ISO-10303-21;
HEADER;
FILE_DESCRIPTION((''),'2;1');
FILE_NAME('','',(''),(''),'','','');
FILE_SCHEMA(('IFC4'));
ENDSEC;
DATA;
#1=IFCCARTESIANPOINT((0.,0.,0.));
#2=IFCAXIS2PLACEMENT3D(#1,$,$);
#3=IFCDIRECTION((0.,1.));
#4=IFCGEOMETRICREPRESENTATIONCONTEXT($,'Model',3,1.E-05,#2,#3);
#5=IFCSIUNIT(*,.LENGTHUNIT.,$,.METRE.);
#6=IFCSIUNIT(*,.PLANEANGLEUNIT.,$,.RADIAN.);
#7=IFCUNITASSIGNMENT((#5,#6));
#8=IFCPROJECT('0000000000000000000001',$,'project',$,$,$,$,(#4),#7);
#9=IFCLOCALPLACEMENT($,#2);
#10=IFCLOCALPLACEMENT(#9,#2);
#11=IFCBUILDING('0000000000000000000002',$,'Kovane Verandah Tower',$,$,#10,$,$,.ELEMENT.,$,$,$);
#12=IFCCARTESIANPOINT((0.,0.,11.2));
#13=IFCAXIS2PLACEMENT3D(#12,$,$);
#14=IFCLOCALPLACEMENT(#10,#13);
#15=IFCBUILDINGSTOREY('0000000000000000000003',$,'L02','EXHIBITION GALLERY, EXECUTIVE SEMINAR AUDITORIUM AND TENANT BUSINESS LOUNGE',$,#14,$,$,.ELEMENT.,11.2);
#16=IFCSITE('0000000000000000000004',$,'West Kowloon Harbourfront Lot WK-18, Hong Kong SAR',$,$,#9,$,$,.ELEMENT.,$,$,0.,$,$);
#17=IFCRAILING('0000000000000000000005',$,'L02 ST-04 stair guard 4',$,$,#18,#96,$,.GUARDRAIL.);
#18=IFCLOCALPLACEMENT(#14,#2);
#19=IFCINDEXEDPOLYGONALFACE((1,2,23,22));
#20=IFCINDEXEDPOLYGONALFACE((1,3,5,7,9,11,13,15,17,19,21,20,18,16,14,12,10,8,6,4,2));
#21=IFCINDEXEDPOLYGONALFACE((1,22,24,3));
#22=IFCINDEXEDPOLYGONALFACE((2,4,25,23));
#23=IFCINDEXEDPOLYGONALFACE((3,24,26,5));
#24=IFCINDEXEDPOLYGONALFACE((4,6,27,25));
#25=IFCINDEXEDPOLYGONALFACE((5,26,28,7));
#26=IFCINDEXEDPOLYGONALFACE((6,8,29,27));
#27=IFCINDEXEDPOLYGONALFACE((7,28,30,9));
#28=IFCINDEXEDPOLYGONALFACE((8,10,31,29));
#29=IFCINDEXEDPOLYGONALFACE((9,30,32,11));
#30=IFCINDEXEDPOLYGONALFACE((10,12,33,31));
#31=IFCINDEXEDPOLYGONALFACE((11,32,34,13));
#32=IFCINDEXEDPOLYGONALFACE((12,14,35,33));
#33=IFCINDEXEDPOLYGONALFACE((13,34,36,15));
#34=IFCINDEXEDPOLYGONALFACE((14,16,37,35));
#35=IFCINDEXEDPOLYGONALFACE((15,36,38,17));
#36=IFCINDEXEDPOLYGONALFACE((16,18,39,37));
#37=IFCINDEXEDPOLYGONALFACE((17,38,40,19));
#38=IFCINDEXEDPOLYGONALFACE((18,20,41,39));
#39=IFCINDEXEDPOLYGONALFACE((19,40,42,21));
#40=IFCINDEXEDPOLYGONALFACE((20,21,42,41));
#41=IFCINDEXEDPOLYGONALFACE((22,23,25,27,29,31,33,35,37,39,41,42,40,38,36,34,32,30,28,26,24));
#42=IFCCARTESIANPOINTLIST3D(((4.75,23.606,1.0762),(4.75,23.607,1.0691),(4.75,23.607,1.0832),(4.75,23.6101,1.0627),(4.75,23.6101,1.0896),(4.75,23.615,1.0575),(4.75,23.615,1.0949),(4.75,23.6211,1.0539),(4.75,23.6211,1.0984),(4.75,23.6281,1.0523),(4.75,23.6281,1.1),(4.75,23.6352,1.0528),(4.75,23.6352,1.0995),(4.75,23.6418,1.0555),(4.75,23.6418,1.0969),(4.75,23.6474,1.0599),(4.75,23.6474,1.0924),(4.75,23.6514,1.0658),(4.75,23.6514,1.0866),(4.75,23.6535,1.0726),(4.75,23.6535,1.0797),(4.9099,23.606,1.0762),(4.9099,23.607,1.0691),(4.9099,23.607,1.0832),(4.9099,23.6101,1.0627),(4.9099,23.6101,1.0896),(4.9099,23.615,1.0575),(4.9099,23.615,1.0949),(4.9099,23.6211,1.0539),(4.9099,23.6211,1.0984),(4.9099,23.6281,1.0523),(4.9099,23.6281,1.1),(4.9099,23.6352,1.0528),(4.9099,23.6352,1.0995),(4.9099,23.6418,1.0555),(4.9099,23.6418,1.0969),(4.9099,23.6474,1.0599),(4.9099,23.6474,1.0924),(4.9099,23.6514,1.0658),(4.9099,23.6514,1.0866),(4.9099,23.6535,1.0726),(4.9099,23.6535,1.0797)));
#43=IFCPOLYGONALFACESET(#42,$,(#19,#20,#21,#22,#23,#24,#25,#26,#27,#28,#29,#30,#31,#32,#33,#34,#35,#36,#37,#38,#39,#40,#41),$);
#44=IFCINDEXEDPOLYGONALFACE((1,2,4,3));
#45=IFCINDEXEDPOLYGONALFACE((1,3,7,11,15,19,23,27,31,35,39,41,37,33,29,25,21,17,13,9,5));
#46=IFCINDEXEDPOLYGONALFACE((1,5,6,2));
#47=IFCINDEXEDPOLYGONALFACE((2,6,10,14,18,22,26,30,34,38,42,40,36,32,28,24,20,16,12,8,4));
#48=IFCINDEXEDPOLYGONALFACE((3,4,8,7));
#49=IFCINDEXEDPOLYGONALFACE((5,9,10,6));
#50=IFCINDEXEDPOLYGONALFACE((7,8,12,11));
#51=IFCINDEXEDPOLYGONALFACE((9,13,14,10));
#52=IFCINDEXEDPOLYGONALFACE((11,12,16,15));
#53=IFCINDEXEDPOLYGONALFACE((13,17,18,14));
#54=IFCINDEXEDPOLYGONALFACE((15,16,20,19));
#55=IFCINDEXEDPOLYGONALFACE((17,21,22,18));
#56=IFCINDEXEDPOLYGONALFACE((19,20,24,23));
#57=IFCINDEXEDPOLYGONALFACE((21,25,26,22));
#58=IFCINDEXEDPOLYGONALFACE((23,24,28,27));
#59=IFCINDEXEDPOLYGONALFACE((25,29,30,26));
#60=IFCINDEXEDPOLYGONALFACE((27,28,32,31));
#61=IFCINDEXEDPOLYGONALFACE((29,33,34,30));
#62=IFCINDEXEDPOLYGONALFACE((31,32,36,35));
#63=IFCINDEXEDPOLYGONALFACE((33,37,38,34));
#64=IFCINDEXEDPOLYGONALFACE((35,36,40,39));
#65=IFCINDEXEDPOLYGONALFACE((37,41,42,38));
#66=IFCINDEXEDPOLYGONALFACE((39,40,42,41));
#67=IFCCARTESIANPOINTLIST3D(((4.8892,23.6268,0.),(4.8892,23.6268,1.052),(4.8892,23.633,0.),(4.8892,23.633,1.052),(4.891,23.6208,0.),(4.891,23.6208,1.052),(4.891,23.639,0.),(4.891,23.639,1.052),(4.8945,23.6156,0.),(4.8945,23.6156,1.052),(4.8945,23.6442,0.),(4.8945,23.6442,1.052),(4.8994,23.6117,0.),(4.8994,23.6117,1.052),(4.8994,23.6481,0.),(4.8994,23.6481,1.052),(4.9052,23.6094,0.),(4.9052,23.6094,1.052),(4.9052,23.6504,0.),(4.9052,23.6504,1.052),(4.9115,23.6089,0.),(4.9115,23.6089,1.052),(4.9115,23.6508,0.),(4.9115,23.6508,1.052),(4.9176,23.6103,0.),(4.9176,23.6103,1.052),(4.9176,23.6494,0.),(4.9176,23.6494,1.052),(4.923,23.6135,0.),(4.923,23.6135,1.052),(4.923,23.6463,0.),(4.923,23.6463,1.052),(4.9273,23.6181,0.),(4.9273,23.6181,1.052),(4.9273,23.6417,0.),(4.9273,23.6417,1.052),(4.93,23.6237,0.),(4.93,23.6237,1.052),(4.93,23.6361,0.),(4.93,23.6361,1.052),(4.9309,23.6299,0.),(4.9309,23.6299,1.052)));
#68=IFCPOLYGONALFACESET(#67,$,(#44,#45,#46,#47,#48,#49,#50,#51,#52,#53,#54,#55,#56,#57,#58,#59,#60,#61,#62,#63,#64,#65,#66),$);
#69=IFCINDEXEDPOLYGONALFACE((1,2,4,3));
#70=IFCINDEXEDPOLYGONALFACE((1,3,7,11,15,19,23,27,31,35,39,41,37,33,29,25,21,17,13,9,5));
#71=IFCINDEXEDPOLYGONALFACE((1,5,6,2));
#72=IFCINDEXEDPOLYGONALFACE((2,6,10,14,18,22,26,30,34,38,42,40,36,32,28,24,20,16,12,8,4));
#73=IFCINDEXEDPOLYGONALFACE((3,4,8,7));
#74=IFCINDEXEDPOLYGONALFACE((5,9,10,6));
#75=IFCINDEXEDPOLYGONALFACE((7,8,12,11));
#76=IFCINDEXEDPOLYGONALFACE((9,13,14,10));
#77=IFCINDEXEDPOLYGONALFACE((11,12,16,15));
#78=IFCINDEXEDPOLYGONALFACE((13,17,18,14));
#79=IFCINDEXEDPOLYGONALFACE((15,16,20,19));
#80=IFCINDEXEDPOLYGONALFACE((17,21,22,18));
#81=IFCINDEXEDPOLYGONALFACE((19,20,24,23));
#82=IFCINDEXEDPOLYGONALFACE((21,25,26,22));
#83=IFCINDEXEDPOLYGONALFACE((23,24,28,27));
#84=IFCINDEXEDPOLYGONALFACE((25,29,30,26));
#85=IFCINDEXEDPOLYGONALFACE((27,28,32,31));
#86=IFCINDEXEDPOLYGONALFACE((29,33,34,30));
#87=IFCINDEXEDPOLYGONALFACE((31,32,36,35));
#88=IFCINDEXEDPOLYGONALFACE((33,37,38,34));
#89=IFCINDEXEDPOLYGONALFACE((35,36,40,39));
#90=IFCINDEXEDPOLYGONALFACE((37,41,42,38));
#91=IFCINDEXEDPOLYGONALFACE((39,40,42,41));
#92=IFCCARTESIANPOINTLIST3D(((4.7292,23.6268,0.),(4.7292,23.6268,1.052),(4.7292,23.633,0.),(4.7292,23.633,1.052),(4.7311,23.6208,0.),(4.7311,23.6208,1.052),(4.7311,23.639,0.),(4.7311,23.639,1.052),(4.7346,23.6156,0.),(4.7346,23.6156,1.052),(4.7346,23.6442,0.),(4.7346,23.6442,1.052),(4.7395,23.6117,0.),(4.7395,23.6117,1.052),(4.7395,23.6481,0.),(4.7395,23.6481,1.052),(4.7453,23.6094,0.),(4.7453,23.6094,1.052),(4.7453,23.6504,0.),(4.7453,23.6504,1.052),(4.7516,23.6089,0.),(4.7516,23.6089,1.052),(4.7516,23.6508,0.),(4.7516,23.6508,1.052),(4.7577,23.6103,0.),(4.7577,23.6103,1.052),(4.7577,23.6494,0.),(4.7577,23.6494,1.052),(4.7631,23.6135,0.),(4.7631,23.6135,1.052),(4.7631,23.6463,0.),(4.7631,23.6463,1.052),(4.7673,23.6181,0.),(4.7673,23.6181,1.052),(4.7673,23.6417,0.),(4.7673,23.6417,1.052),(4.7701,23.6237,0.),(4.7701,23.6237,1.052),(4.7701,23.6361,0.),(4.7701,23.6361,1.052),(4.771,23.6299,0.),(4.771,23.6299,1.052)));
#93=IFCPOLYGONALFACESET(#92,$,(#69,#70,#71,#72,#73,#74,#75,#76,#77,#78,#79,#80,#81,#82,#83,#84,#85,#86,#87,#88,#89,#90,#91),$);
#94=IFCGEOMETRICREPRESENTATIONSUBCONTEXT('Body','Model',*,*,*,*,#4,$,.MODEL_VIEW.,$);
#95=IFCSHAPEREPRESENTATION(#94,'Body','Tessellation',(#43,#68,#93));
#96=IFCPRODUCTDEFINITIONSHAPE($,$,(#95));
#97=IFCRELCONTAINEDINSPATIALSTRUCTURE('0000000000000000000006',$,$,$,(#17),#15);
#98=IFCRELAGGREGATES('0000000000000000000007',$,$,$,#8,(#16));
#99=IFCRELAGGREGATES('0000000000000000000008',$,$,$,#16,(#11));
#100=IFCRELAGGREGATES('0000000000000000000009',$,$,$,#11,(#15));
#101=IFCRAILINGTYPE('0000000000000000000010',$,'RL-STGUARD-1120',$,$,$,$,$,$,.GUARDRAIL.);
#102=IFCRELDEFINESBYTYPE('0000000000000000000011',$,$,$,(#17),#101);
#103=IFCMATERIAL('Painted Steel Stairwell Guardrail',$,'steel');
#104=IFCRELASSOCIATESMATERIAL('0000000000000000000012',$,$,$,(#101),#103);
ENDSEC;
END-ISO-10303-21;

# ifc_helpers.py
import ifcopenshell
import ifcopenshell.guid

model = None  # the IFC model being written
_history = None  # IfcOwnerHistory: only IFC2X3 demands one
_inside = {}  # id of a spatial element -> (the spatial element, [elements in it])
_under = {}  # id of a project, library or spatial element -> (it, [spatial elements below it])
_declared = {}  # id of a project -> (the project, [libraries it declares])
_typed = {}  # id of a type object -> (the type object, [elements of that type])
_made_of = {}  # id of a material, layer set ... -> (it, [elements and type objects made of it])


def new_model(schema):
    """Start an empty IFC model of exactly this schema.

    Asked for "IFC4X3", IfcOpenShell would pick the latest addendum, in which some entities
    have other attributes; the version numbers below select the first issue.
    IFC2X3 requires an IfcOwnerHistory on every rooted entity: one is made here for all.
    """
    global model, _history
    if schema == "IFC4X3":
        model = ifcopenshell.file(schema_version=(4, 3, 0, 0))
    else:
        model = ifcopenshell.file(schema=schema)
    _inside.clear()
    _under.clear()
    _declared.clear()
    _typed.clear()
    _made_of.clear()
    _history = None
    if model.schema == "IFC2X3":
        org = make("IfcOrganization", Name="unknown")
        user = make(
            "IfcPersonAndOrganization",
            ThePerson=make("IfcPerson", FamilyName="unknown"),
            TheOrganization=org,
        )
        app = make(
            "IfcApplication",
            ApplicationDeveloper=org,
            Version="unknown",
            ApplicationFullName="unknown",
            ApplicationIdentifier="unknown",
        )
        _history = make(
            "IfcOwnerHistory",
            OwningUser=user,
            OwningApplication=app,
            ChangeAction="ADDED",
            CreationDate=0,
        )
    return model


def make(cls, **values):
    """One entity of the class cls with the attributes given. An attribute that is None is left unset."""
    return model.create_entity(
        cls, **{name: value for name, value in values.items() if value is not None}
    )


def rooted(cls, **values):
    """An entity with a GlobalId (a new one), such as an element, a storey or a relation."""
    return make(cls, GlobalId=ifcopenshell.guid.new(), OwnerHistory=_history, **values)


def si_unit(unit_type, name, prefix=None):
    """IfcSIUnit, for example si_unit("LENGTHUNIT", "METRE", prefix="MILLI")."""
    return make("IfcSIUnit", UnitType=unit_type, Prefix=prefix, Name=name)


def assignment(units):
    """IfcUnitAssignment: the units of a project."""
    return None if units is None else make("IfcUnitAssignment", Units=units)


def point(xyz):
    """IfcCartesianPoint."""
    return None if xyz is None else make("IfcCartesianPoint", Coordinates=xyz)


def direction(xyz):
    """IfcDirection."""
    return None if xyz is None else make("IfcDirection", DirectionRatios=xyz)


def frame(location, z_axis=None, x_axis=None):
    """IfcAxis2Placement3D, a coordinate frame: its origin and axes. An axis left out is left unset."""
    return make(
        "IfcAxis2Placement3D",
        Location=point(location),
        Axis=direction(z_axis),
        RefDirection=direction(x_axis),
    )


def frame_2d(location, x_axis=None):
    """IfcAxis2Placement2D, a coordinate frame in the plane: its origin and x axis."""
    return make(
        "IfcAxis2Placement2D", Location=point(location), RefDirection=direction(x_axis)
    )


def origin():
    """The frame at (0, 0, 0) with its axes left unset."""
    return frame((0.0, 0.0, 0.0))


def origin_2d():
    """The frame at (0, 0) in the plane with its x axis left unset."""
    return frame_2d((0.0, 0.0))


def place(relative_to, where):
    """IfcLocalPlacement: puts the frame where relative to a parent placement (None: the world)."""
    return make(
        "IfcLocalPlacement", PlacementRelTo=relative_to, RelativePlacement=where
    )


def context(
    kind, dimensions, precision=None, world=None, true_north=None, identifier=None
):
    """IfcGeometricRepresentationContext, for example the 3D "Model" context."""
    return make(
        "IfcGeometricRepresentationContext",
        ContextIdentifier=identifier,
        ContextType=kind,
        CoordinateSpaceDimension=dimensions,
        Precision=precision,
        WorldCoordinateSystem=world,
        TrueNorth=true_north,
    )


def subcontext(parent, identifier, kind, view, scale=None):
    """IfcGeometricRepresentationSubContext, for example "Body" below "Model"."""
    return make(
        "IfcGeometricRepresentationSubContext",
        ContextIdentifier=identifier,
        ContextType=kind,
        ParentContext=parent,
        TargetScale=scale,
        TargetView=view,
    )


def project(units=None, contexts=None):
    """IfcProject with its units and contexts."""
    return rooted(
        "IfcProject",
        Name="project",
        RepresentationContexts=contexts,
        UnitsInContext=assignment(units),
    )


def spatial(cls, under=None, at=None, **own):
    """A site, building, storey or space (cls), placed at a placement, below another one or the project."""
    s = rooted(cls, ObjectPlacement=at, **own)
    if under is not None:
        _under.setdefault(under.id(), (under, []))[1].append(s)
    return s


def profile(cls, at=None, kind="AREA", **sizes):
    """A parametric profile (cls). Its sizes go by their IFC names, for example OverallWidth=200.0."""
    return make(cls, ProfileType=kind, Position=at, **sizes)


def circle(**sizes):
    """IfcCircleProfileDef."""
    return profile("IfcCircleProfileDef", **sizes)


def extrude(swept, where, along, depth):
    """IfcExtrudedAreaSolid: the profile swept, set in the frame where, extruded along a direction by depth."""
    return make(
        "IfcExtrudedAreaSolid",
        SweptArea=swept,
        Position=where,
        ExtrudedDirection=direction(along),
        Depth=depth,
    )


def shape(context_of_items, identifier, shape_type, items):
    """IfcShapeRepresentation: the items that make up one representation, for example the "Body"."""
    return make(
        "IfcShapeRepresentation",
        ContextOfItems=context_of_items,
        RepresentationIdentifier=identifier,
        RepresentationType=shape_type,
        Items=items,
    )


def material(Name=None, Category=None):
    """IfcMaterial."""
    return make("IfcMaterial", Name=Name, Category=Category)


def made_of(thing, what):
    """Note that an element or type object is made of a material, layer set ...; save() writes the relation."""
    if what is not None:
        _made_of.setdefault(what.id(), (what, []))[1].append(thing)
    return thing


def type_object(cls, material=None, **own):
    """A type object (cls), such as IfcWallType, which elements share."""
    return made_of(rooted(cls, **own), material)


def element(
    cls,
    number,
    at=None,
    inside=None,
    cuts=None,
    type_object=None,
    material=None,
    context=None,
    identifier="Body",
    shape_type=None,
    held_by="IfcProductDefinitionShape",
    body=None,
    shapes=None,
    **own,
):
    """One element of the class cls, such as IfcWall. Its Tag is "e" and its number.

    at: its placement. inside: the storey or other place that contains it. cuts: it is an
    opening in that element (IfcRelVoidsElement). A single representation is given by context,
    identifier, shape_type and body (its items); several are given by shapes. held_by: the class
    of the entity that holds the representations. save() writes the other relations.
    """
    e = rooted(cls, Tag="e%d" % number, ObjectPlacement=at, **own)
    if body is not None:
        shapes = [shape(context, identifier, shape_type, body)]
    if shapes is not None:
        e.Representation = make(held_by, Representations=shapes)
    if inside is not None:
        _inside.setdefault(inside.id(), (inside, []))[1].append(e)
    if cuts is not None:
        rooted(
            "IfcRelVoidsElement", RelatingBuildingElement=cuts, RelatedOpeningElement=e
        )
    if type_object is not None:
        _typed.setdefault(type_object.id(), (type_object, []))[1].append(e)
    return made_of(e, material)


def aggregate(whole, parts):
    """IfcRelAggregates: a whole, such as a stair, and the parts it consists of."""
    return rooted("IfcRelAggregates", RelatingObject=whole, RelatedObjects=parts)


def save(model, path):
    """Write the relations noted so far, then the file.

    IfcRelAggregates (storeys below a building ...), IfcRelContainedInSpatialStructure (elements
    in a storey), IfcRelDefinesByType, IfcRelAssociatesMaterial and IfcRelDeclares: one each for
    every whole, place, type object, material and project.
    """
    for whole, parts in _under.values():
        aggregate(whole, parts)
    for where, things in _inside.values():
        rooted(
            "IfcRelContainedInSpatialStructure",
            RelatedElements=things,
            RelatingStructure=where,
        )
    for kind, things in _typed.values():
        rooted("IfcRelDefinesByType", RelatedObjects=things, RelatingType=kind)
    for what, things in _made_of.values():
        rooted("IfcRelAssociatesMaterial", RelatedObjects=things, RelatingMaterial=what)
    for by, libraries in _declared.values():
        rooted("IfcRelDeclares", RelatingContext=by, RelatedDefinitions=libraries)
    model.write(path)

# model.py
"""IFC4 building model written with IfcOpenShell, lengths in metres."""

from ifc_helpers import new_model, si_unit, direction, frame, origin, origin_2d, place, context, subcontext, project, spatial, circle, extrude, material, type_object, element, save


model = new_model("IFC4")

# Units and contexts
model_context = context("Model", 3, precision=1e-05, world=origin(), true_north=direction((0.0, 1.0)))
body_context = subcontext(model_context, "Body", "Model", "MODEL_VIEW")
ifc_project = project(units=[si_unit("LENGTHUNIT", "METRE"), si_unit("PLANEANGLEUNIT", "RADIAN")], contexts=[model_context])

# Site, building, storey
site_placement = place(None, origin())
site = spatial("IfcSite", under=ifc_project, at=site_placement, Name="West Kowloon Harbourfront Lot WK-18, Hong Kong SAR", CompositionType="ELEMENT", RefElevation=0.0)
building_placement = place(site_placement, origin())
building = spatial("IfcBuilding", under=site, at=building_placement, Name="Kovane Verandah Tower", CompositionType="ELEMENT")
storey_placement = place(building_placement, frame((0.0, 0.0, 11.2)))
storey = spatial("IfcBuildingStorey", under=building, at=storey_placement, Name="L02", Description="EXHIBITION GALLERY, EXECUTIVE SEMINAR AUDITORIUM AND TENANT BUSINESS LOUNGE", CompositionType="ELEMENT", Elevation=11.2)

# Railing
ifc_material_1 = material(Name="Painted Steel Stairwell Guardrail", Category="steel")
railing_type_1 = type_object("IfcRailingType", Name="RL-STGUARD-1120", PredefinedType="GUARDRAIL", material=ifc_material_1)
railing_1_placement = place(storey_placement, frame((4.9099, 23.6299, 0.0)))
element("IfcRailing", 1, at=railing_1_placement, inside=storey, type_object=railing_type_1, Name="L02 ST-04 stair guard 4", PredefinedType="GUARDRAIL", context=body_context, shape_type="SweptSolid", body=[
    extrude(circle(Radius=0.0239, at=origin_2d()), frame((0.0, 0.0, 1.0762), z_axis=(-1.0, 0.0, 0.0), x_axis=(0.0, -1.0, 0.0)), (0.0, 0.0, 1.0), 0.1599),
    extrude(circle(Radius=0.021, at=origin_2d()), origin(), (0.0, 0.0, 1.0), 1.052),
    extrude(circle(Radius=0.021, at=origin_2d()), frame((-0.1599, 0.0, 0.0)), (0.0, 0.0, 1.0), 1.052),
])

save(model, "model.ifc")
